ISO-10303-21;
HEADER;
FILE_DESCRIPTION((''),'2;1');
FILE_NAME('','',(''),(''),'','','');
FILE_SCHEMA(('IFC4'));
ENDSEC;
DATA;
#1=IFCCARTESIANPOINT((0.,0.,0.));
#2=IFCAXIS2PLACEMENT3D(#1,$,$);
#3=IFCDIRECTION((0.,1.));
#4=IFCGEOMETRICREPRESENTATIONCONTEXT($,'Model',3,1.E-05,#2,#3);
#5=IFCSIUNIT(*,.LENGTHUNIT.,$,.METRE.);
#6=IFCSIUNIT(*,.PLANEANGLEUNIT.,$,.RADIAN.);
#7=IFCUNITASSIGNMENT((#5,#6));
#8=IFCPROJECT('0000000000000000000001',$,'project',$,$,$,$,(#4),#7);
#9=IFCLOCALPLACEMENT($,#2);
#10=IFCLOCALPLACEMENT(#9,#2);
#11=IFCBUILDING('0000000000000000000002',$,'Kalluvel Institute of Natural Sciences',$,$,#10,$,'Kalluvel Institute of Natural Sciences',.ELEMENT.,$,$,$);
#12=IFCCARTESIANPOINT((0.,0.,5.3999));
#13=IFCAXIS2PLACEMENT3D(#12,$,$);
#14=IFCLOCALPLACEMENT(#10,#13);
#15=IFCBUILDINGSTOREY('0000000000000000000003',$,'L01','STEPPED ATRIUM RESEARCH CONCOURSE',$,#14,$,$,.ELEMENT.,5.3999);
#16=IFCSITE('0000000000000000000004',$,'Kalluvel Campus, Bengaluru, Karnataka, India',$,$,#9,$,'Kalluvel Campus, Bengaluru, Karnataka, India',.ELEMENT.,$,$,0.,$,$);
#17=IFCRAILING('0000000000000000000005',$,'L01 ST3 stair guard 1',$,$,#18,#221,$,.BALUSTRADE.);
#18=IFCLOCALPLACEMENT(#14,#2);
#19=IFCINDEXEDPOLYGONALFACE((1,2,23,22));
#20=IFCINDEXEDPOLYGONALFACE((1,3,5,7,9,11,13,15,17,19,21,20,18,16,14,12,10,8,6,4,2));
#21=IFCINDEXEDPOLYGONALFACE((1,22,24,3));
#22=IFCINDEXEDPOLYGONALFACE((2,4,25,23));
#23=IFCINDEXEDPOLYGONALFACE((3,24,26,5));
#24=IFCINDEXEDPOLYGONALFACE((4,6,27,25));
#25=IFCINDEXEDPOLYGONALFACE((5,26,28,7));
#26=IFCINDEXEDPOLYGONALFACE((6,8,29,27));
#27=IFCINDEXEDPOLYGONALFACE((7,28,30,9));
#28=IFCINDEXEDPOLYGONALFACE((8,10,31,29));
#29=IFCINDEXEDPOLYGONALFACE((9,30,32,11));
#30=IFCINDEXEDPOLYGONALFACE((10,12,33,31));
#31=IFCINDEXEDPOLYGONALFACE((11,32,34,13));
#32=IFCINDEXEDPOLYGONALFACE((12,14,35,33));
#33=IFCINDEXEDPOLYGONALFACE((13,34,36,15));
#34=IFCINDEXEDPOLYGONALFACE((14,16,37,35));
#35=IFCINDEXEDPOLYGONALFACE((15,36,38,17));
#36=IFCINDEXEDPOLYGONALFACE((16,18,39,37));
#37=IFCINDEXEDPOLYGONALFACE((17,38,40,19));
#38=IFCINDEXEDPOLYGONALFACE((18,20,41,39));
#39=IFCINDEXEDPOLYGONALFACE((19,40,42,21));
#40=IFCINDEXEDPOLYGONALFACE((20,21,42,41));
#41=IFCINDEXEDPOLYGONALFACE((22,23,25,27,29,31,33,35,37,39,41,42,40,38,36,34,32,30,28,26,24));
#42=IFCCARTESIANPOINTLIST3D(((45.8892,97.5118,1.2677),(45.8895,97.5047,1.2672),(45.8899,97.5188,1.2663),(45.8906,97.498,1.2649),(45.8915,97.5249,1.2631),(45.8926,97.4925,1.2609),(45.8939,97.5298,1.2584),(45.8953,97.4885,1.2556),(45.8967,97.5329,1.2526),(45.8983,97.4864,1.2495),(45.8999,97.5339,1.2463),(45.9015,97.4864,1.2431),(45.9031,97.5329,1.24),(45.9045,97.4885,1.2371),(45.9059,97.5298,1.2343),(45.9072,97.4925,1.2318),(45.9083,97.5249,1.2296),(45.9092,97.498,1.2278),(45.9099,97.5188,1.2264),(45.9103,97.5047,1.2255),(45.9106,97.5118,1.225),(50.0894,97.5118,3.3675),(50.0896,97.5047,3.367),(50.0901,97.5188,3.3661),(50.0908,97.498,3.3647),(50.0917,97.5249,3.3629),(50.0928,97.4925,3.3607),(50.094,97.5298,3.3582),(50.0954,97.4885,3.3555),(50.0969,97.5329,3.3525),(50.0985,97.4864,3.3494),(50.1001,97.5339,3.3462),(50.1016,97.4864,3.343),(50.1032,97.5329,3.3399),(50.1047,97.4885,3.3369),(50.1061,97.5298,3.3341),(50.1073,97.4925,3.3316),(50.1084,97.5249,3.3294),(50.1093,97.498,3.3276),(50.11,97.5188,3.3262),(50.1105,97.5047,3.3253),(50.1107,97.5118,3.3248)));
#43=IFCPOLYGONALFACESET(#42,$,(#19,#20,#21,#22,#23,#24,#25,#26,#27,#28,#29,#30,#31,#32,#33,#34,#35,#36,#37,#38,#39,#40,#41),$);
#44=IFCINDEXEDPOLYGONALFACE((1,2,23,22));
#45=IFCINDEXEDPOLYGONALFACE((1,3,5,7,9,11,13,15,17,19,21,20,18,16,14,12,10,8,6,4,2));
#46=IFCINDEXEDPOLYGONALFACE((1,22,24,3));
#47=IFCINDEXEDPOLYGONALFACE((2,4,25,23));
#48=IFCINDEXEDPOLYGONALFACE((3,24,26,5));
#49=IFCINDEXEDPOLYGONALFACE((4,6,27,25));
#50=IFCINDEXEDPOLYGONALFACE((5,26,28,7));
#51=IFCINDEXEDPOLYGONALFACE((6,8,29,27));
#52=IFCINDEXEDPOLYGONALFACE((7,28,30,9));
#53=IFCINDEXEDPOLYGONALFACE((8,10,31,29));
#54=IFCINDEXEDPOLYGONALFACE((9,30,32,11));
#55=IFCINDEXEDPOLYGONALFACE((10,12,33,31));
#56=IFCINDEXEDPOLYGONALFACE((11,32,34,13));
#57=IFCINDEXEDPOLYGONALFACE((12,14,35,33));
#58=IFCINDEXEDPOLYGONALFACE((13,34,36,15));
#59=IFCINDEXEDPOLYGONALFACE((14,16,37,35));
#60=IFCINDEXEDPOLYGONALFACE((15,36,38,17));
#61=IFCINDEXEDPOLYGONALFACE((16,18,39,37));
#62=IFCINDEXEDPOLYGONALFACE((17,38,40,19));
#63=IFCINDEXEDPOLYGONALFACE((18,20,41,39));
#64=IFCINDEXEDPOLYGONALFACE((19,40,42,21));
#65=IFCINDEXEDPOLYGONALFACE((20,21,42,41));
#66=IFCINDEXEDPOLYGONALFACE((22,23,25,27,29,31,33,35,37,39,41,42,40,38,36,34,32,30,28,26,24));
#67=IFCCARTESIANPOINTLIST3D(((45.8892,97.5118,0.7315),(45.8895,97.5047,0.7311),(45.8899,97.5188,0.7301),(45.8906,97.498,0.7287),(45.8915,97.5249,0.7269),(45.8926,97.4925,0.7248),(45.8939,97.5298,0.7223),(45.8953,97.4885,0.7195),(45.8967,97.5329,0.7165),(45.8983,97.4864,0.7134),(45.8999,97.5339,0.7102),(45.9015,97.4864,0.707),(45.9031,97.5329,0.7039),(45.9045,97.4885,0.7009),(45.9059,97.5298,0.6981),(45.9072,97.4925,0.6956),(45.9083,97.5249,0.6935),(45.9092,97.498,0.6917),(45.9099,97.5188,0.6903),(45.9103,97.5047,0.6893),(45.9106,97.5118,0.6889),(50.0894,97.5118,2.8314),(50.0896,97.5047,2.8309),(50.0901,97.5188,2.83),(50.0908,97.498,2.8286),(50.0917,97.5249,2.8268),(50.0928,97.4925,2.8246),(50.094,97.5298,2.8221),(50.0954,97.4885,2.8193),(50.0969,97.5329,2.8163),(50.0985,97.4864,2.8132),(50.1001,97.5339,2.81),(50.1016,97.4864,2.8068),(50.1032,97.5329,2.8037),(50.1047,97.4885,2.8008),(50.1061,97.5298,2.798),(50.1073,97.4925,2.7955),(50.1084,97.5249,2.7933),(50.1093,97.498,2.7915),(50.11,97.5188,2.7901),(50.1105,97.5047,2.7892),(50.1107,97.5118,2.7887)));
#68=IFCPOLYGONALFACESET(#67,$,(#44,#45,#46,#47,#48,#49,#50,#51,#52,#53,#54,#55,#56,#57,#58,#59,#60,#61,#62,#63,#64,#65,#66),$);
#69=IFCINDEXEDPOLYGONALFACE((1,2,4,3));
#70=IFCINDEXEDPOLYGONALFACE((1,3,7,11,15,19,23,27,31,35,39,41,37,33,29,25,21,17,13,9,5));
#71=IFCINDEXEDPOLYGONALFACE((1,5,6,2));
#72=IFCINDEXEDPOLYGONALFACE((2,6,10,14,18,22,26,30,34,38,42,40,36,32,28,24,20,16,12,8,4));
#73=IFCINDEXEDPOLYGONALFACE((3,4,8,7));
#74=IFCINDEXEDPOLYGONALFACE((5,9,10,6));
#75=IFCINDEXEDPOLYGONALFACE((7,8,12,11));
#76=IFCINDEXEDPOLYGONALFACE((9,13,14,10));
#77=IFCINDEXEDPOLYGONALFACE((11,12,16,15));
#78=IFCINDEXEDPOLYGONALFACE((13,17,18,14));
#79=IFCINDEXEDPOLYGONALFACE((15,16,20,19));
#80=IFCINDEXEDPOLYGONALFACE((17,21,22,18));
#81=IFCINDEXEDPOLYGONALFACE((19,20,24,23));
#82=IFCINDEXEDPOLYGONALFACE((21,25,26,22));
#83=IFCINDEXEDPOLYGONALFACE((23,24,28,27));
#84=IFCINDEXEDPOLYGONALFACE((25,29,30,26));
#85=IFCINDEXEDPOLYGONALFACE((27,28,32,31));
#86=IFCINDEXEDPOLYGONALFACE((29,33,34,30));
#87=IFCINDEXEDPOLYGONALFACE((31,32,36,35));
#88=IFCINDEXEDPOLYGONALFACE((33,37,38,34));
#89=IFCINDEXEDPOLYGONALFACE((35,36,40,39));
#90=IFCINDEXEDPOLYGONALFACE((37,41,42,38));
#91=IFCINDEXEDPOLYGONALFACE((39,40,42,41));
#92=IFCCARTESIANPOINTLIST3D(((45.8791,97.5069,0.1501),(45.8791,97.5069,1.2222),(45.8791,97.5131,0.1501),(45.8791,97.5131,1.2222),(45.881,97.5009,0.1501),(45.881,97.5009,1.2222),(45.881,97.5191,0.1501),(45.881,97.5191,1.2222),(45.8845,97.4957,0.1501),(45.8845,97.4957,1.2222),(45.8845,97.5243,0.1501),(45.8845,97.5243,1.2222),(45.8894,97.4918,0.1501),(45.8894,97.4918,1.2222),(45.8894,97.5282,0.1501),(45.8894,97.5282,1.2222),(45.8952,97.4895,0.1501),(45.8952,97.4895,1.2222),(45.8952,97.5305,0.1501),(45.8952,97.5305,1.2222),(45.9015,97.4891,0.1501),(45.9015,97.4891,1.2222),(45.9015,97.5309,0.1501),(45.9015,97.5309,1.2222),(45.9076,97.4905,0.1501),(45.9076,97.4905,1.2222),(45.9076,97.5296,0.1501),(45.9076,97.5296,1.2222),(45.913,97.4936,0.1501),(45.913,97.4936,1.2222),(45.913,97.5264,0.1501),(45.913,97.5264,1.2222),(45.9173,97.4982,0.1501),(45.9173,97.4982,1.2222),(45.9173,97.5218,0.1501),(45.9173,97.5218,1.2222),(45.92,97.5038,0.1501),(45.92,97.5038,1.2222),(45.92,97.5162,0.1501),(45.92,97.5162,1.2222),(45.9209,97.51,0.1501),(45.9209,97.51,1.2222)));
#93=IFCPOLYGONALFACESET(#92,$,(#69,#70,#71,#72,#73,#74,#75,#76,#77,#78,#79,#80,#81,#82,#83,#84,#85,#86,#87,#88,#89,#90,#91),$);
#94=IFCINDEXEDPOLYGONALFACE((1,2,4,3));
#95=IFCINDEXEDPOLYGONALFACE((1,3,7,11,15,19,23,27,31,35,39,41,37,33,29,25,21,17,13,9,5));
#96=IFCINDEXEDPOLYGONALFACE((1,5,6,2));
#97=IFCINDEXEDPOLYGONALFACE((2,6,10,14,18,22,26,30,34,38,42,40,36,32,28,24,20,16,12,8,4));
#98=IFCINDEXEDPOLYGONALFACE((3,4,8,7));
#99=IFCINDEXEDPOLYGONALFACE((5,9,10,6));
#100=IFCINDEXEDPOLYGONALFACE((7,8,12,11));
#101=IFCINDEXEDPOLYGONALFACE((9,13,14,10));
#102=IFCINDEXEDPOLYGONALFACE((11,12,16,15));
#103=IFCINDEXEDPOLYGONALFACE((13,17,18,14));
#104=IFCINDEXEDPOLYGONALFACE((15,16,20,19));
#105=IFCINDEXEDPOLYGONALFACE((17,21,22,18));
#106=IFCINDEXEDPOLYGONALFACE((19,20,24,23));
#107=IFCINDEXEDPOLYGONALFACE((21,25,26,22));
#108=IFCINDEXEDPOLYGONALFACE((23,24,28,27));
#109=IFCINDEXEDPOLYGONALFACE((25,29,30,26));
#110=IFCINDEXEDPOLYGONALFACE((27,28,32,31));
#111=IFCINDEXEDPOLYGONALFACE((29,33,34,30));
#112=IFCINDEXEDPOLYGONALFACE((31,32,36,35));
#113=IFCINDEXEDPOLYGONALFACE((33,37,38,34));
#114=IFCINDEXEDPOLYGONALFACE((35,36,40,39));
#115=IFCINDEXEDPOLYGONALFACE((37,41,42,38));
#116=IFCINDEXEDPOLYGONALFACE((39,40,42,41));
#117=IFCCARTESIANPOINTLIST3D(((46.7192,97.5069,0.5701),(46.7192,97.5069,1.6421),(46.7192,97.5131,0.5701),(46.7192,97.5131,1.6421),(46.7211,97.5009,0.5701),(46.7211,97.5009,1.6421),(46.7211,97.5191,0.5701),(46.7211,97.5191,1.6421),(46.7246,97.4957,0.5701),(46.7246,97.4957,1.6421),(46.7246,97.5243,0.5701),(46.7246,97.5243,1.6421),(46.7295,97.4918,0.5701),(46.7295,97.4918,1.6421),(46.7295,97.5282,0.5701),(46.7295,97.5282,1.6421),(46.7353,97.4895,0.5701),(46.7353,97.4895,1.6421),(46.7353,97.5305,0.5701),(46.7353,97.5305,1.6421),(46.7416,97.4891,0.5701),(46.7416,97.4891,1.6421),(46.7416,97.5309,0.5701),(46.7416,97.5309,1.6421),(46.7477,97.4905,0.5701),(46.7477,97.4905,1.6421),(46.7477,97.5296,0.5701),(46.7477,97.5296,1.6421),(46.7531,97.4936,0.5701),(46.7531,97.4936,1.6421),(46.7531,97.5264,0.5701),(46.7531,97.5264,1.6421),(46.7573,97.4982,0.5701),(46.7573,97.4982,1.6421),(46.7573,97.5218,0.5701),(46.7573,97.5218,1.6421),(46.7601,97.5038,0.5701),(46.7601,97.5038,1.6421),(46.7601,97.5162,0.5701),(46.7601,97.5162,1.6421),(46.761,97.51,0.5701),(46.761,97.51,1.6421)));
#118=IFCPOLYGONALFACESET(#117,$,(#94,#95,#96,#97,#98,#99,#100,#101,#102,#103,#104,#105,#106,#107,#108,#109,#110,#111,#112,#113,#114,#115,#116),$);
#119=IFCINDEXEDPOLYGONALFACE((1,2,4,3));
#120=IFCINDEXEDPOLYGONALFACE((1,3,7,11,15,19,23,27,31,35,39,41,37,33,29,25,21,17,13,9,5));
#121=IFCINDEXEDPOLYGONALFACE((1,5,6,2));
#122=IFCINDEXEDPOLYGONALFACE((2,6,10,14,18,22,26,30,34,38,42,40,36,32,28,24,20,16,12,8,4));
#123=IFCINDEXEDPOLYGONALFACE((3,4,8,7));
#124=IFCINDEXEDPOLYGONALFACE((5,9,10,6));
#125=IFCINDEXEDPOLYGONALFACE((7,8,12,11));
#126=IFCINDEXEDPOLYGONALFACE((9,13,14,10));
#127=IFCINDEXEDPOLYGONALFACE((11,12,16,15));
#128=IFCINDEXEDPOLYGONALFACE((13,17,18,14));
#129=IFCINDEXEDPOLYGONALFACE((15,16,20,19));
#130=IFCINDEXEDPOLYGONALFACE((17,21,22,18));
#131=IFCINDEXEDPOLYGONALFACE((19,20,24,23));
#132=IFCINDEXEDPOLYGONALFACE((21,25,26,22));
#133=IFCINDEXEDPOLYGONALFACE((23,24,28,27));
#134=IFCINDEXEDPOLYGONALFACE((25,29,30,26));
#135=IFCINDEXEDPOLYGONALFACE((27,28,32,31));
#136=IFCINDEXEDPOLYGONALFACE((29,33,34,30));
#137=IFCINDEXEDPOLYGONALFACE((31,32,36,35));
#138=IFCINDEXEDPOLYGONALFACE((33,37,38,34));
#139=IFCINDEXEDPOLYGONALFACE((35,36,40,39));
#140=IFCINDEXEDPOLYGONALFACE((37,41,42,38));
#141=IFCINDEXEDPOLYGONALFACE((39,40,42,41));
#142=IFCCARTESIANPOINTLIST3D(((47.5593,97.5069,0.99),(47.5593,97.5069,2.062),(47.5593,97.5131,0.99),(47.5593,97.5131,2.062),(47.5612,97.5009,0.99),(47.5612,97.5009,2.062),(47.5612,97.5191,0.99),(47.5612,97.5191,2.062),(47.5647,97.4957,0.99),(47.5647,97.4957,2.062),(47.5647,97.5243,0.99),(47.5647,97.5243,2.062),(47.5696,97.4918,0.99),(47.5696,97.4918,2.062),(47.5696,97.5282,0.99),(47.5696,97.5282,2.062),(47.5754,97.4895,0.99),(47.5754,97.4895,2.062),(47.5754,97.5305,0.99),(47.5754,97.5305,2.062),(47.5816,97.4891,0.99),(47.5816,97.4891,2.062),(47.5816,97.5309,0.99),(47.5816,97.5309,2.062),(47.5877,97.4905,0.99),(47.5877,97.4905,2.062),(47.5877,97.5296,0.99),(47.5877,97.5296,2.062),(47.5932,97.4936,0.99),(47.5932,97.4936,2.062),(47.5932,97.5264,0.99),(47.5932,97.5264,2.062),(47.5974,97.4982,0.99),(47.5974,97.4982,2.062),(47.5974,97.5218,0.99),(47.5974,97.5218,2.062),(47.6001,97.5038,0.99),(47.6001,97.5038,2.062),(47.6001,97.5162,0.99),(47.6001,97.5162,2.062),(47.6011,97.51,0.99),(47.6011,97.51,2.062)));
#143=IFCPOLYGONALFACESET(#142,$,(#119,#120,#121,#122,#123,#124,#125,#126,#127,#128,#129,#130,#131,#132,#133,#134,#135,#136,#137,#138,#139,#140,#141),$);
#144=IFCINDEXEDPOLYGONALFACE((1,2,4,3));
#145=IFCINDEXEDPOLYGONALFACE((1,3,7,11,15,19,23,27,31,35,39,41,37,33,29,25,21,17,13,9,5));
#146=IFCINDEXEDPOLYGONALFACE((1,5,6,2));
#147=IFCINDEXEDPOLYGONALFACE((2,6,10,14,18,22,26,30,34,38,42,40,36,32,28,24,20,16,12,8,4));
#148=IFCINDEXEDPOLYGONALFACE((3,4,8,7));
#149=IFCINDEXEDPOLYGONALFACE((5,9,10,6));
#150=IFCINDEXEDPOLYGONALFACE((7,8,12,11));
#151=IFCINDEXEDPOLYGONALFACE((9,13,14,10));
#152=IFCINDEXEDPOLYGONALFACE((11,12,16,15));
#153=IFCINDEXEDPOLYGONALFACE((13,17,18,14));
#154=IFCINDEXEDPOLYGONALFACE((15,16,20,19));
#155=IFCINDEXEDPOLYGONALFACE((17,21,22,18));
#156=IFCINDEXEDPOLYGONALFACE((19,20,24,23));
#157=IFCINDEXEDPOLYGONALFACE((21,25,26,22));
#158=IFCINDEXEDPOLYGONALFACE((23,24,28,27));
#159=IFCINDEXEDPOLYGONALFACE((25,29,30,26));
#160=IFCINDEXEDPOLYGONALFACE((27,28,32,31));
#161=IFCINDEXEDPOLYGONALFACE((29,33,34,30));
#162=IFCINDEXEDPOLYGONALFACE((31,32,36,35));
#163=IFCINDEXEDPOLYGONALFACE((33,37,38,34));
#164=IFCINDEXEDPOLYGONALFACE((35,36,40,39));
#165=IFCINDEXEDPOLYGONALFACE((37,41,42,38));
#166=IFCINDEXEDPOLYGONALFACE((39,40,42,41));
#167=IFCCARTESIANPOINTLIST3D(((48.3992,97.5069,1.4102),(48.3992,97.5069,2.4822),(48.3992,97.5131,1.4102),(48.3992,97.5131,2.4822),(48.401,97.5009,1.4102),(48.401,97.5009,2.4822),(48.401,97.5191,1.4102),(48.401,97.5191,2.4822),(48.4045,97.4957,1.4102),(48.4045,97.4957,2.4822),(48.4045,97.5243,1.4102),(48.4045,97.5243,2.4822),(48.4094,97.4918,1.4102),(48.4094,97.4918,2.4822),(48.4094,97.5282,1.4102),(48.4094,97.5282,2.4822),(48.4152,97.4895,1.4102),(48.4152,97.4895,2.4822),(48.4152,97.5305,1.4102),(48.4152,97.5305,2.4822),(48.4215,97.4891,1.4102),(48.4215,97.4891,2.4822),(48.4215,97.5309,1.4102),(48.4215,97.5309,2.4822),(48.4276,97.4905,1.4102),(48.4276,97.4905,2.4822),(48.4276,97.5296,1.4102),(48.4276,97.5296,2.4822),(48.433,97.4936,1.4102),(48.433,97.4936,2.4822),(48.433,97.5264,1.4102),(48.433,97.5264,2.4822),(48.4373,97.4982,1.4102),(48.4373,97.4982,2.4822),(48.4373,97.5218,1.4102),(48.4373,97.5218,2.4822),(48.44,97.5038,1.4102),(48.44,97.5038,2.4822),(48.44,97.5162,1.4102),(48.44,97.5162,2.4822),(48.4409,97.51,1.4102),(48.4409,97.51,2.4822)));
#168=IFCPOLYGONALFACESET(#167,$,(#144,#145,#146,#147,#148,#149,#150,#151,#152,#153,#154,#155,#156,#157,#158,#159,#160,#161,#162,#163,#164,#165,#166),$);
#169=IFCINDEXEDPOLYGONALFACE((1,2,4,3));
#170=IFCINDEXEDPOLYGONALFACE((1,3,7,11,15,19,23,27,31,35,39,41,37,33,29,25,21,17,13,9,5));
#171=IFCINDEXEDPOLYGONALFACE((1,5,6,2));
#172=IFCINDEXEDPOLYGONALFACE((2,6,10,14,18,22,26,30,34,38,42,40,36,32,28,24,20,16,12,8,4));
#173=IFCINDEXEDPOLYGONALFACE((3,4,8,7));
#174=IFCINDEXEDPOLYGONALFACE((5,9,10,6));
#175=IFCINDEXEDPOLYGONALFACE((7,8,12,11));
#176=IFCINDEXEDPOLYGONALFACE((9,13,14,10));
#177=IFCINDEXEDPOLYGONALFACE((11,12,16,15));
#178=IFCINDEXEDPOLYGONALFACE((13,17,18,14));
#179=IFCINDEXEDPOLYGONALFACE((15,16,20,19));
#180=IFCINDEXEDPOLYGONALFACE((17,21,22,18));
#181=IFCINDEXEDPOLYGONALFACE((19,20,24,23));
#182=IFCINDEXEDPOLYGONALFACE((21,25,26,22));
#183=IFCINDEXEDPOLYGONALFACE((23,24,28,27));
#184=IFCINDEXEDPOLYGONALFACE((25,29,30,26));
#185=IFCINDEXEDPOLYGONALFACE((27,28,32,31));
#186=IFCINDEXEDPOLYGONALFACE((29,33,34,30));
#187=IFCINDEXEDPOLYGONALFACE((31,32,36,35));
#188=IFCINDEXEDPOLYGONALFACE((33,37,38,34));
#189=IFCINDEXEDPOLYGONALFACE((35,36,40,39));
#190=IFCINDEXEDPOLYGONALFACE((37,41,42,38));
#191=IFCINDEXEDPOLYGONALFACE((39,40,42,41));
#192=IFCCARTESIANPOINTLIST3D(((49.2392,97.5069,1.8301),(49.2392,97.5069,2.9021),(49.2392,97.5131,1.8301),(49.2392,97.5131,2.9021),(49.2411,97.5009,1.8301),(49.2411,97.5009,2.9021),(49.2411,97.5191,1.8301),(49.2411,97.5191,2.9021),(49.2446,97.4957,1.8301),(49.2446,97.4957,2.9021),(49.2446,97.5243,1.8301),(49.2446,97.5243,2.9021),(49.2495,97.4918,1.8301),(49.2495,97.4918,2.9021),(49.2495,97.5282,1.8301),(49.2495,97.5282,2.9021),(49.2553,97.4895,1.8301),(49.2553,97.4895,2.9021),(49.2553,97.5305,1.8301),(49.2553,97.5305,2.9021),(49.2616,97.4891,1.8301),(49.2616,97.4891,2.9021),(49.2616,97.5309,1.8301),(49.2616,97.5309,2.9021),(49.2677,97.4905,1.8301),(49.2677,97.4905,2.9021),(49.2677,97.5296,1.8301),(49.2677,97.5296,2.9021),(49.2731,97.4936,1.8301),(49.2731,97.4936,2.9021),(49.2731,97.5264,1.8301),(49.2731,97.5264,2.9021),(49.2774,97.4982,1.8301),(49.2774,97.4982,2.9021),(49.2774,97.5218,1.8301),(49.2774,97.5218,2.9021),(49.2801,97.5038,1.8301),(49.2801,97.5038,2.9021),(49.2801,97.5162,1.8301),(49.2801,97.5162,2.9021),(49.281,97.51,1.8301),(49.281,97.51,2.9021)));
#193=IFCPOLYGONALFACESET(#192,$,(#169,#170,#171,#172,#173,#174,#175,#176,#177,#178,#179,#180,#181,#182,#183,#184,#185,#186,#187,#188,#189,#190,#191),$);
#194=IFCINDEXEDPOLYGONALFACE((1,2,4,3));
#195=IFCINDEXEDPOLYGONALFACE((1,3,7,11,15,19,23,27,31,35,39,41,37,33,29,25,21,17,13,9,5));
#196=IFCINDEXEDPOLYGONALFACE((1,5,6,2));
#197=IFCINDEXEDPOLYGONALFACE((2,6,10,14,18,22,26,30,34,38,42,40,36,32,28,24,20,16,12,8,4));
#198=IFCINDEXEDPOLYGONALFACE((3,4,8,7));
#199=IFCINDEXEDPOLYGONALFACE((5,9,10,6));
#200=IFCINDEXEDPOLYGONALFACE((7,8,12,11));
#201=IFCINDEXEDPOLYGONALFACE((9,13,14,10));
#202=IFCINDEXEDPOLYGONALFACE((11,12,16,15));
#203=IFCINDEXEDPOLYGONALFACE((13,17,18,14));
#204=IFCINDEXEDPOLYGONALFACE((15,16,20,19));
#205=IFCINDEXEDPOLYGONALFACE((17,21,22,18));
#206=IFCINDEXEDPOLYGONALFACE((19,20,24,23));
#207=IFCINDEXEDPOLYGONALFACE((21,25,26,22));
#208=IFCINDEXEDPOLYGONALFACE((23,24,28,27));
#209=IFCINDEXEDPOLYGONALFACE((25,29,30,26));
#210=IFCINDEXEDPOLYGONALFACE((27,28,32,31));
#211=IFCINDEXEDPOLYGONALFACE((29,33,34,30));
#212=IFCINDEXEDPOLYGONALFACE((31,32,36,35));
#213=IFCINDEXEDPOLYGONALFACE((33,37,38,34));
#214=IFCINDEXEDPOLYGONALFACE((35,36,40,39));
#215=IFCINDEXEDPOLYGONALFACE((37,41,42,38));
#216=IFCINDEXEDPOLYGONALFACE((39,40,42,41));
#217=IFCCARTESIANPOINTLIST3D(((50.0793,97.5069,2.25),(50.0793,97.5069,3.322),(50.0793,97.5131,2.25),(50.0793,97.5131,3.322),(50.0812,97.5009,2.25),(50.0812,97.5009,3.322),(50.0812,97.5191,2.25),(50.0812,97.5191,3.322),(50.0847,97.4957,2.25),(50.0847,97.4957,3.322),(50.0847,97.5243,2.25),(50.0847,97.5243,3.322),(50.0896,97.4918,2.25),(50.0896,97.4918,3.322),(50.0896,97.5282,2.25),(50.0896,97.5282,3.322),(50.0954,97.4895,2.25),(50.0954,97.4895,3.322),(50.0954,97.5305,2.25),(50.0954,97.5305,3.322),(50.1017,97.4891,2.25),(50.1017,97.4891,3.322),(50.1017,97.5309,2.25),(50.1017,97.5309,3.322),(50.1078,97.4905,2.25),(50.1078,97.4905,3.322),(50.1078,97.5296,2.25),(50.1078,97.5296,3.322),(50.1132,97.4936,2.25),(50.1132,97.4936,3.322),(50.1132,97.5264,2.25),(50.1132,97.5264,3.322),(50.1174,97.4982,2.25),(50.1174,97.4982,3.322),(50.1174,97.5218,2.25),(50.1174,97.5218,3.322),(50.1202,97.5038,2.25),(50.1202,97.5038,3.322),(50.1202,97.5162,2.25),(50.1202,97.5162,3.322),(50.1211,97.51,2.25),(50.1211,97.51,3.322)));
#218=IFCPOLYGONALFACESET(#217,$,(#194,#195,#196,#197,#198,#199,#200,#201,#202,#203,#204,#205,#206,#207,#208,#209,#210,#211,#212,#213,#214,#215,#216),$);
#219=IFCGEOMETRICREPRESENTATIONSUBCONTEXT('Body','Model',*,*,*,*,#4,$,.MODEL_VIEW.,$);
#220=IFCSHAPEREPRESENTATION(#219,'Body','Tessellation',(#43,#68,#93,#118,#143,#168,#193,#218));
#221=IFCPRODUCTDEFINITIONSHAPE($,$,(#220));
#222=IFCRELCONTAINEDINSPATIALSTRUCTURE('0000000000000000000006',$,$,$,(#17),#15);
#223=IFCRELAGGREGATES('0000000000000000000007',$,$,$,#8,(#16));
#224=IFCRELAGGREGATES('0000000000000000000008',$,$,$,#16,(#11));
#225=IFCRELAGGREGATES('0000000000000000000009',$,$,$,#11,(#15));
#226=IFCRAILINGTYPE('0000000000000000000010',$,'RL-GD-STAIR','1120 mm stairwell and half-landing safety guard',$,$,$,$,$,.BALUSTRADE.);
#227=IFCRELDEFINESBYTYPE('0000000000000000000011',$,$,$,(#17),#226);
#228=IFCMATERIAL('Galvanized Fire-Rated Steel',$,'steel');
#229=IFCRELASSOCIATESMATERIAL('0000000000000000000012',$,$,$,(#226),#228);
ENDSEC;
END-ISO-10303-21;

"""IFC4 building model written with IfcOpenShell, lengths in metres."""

from ifc_helpers import new_model, si_unit, direction, frame, origin, origin_2d, place, context, subcontext, project, spatial, circle, extrude, material, type_object, element, save


model = new_model("IFC4")

# Units and contexts
model_context = context("Model", 3, precision=1e-05, world=origin(), true_north=direction((0.0, 1.0)))
body_context = subcontext(model_context, "Body", "Model", "MODEL_VIEW")
ifc_project = project(units=[si_unit("LENGTHUNIT", "METRE"), si_unit("PLANEANGLEUNIT", "RADIAN")], contexts=[model_context])

# Site, building, storey
site_placement = place(None, origin())
site = spatial("IfcSite", under=ifc_project, at=site_placement, Name="Kalluvel Campus, Bengaluru, Karnataka, India", LongName="Kalluvel Campus, Bengaluru, Karnataka, India", CompositionType="ELEMENT", RefElevation=0.0)
building_placement = place(site_placement, origin())
building = spatial("IfcBuilding", under=site, at=building_placement, Name="Kalluvel Institute of Natural Sciences", LongName="Kalluvel Institute of Natural Sciences", CompositionType="ELEMENT")
storey_placement = place(building_placement, frame((0.0, 0.0, 5.3999)))
storey = spatial("IfcBuildingStorey", under=building, at=storey_placement, Name="L01", Description="STEPPED ATRIUM RESEARCH CONCOURSE", CompositionType="ELEMENT", Elevation=5.3999)

# Shared definitions
ifc_material_1 = material(Name="Galvanized Fire-Rated Steel", Category="steel")

# Railing
railing_type_1 = type_object("IfcRailingType", Name="RL-GD-STAIR", Description="1120 mm stairwell and half-landing safety guard", PredefinedType="BALUSTRADE", material=ifc_material_1)
railing_1_placement = place(storey_placement, frame((45.8999, 97.51, 0.1501)))
element("IfcRailing", 1, at=railing_1_placement, inside=storey, type_object=railing_type_1, Name="L01 ST3 stair guard 1", PredefinedType="BALUSTRADE", context=body_context, shape_type="SweptSolid", body=[
    extrude(circle(Radius=0.0239, at=origin_2d()), frame((0.0, 0.0, 1.0962), z_axis=(0.894448, 0.0, 0.447172), x_axis=(0.0, 1.0, 0.0)), (0.0, 0.0, 1.0), 4.6958),
    extrude(circle(Radius=0.0239, at=origin_2d()), frame((0.0, 0.0, 0.5601), z_axis=(0.894448, 0.0, 0.447172), x_axis=(0.0, 1.0, 0.0)), (0.0, 0.0, 1.0), 4.6958),
    extrude(circle(Radius=0.021, at=origin_2d()), origin(), (0.0, 0.0, 1.0), 1.072),
    extrude(circle(Radius=0.021, at=origin_2d()), frame((0.8401, 0.0, 0.4199)), (0.0, 0.0, 1.0), 1.072),
    extrude(circle(Radius=0.021, at=origin_2d()), frame((1.6802, 0.0, 0.8398)), (0.0, 0.0, 1.0), 1.072),
    extrude(circle(Radius=0.021, at=origin_2d()), frame((2.52, 0.0, 1.26)), (0.0, 0.0, 1.0), 1.072),
    extrude(circle(Radius=0.021, at=origin_2d()), frame((3.3601, 0.0, 1.6799)), (0.0, 0.0, 1.0), 1.072),
    extrude(circle(Radius=0.021, at=origin_2d()), frame((4.2002, 0.0, 2.0999)), (0.0, 0.0, 1.0), 1.072),
])

save(model, "model.ifc")
